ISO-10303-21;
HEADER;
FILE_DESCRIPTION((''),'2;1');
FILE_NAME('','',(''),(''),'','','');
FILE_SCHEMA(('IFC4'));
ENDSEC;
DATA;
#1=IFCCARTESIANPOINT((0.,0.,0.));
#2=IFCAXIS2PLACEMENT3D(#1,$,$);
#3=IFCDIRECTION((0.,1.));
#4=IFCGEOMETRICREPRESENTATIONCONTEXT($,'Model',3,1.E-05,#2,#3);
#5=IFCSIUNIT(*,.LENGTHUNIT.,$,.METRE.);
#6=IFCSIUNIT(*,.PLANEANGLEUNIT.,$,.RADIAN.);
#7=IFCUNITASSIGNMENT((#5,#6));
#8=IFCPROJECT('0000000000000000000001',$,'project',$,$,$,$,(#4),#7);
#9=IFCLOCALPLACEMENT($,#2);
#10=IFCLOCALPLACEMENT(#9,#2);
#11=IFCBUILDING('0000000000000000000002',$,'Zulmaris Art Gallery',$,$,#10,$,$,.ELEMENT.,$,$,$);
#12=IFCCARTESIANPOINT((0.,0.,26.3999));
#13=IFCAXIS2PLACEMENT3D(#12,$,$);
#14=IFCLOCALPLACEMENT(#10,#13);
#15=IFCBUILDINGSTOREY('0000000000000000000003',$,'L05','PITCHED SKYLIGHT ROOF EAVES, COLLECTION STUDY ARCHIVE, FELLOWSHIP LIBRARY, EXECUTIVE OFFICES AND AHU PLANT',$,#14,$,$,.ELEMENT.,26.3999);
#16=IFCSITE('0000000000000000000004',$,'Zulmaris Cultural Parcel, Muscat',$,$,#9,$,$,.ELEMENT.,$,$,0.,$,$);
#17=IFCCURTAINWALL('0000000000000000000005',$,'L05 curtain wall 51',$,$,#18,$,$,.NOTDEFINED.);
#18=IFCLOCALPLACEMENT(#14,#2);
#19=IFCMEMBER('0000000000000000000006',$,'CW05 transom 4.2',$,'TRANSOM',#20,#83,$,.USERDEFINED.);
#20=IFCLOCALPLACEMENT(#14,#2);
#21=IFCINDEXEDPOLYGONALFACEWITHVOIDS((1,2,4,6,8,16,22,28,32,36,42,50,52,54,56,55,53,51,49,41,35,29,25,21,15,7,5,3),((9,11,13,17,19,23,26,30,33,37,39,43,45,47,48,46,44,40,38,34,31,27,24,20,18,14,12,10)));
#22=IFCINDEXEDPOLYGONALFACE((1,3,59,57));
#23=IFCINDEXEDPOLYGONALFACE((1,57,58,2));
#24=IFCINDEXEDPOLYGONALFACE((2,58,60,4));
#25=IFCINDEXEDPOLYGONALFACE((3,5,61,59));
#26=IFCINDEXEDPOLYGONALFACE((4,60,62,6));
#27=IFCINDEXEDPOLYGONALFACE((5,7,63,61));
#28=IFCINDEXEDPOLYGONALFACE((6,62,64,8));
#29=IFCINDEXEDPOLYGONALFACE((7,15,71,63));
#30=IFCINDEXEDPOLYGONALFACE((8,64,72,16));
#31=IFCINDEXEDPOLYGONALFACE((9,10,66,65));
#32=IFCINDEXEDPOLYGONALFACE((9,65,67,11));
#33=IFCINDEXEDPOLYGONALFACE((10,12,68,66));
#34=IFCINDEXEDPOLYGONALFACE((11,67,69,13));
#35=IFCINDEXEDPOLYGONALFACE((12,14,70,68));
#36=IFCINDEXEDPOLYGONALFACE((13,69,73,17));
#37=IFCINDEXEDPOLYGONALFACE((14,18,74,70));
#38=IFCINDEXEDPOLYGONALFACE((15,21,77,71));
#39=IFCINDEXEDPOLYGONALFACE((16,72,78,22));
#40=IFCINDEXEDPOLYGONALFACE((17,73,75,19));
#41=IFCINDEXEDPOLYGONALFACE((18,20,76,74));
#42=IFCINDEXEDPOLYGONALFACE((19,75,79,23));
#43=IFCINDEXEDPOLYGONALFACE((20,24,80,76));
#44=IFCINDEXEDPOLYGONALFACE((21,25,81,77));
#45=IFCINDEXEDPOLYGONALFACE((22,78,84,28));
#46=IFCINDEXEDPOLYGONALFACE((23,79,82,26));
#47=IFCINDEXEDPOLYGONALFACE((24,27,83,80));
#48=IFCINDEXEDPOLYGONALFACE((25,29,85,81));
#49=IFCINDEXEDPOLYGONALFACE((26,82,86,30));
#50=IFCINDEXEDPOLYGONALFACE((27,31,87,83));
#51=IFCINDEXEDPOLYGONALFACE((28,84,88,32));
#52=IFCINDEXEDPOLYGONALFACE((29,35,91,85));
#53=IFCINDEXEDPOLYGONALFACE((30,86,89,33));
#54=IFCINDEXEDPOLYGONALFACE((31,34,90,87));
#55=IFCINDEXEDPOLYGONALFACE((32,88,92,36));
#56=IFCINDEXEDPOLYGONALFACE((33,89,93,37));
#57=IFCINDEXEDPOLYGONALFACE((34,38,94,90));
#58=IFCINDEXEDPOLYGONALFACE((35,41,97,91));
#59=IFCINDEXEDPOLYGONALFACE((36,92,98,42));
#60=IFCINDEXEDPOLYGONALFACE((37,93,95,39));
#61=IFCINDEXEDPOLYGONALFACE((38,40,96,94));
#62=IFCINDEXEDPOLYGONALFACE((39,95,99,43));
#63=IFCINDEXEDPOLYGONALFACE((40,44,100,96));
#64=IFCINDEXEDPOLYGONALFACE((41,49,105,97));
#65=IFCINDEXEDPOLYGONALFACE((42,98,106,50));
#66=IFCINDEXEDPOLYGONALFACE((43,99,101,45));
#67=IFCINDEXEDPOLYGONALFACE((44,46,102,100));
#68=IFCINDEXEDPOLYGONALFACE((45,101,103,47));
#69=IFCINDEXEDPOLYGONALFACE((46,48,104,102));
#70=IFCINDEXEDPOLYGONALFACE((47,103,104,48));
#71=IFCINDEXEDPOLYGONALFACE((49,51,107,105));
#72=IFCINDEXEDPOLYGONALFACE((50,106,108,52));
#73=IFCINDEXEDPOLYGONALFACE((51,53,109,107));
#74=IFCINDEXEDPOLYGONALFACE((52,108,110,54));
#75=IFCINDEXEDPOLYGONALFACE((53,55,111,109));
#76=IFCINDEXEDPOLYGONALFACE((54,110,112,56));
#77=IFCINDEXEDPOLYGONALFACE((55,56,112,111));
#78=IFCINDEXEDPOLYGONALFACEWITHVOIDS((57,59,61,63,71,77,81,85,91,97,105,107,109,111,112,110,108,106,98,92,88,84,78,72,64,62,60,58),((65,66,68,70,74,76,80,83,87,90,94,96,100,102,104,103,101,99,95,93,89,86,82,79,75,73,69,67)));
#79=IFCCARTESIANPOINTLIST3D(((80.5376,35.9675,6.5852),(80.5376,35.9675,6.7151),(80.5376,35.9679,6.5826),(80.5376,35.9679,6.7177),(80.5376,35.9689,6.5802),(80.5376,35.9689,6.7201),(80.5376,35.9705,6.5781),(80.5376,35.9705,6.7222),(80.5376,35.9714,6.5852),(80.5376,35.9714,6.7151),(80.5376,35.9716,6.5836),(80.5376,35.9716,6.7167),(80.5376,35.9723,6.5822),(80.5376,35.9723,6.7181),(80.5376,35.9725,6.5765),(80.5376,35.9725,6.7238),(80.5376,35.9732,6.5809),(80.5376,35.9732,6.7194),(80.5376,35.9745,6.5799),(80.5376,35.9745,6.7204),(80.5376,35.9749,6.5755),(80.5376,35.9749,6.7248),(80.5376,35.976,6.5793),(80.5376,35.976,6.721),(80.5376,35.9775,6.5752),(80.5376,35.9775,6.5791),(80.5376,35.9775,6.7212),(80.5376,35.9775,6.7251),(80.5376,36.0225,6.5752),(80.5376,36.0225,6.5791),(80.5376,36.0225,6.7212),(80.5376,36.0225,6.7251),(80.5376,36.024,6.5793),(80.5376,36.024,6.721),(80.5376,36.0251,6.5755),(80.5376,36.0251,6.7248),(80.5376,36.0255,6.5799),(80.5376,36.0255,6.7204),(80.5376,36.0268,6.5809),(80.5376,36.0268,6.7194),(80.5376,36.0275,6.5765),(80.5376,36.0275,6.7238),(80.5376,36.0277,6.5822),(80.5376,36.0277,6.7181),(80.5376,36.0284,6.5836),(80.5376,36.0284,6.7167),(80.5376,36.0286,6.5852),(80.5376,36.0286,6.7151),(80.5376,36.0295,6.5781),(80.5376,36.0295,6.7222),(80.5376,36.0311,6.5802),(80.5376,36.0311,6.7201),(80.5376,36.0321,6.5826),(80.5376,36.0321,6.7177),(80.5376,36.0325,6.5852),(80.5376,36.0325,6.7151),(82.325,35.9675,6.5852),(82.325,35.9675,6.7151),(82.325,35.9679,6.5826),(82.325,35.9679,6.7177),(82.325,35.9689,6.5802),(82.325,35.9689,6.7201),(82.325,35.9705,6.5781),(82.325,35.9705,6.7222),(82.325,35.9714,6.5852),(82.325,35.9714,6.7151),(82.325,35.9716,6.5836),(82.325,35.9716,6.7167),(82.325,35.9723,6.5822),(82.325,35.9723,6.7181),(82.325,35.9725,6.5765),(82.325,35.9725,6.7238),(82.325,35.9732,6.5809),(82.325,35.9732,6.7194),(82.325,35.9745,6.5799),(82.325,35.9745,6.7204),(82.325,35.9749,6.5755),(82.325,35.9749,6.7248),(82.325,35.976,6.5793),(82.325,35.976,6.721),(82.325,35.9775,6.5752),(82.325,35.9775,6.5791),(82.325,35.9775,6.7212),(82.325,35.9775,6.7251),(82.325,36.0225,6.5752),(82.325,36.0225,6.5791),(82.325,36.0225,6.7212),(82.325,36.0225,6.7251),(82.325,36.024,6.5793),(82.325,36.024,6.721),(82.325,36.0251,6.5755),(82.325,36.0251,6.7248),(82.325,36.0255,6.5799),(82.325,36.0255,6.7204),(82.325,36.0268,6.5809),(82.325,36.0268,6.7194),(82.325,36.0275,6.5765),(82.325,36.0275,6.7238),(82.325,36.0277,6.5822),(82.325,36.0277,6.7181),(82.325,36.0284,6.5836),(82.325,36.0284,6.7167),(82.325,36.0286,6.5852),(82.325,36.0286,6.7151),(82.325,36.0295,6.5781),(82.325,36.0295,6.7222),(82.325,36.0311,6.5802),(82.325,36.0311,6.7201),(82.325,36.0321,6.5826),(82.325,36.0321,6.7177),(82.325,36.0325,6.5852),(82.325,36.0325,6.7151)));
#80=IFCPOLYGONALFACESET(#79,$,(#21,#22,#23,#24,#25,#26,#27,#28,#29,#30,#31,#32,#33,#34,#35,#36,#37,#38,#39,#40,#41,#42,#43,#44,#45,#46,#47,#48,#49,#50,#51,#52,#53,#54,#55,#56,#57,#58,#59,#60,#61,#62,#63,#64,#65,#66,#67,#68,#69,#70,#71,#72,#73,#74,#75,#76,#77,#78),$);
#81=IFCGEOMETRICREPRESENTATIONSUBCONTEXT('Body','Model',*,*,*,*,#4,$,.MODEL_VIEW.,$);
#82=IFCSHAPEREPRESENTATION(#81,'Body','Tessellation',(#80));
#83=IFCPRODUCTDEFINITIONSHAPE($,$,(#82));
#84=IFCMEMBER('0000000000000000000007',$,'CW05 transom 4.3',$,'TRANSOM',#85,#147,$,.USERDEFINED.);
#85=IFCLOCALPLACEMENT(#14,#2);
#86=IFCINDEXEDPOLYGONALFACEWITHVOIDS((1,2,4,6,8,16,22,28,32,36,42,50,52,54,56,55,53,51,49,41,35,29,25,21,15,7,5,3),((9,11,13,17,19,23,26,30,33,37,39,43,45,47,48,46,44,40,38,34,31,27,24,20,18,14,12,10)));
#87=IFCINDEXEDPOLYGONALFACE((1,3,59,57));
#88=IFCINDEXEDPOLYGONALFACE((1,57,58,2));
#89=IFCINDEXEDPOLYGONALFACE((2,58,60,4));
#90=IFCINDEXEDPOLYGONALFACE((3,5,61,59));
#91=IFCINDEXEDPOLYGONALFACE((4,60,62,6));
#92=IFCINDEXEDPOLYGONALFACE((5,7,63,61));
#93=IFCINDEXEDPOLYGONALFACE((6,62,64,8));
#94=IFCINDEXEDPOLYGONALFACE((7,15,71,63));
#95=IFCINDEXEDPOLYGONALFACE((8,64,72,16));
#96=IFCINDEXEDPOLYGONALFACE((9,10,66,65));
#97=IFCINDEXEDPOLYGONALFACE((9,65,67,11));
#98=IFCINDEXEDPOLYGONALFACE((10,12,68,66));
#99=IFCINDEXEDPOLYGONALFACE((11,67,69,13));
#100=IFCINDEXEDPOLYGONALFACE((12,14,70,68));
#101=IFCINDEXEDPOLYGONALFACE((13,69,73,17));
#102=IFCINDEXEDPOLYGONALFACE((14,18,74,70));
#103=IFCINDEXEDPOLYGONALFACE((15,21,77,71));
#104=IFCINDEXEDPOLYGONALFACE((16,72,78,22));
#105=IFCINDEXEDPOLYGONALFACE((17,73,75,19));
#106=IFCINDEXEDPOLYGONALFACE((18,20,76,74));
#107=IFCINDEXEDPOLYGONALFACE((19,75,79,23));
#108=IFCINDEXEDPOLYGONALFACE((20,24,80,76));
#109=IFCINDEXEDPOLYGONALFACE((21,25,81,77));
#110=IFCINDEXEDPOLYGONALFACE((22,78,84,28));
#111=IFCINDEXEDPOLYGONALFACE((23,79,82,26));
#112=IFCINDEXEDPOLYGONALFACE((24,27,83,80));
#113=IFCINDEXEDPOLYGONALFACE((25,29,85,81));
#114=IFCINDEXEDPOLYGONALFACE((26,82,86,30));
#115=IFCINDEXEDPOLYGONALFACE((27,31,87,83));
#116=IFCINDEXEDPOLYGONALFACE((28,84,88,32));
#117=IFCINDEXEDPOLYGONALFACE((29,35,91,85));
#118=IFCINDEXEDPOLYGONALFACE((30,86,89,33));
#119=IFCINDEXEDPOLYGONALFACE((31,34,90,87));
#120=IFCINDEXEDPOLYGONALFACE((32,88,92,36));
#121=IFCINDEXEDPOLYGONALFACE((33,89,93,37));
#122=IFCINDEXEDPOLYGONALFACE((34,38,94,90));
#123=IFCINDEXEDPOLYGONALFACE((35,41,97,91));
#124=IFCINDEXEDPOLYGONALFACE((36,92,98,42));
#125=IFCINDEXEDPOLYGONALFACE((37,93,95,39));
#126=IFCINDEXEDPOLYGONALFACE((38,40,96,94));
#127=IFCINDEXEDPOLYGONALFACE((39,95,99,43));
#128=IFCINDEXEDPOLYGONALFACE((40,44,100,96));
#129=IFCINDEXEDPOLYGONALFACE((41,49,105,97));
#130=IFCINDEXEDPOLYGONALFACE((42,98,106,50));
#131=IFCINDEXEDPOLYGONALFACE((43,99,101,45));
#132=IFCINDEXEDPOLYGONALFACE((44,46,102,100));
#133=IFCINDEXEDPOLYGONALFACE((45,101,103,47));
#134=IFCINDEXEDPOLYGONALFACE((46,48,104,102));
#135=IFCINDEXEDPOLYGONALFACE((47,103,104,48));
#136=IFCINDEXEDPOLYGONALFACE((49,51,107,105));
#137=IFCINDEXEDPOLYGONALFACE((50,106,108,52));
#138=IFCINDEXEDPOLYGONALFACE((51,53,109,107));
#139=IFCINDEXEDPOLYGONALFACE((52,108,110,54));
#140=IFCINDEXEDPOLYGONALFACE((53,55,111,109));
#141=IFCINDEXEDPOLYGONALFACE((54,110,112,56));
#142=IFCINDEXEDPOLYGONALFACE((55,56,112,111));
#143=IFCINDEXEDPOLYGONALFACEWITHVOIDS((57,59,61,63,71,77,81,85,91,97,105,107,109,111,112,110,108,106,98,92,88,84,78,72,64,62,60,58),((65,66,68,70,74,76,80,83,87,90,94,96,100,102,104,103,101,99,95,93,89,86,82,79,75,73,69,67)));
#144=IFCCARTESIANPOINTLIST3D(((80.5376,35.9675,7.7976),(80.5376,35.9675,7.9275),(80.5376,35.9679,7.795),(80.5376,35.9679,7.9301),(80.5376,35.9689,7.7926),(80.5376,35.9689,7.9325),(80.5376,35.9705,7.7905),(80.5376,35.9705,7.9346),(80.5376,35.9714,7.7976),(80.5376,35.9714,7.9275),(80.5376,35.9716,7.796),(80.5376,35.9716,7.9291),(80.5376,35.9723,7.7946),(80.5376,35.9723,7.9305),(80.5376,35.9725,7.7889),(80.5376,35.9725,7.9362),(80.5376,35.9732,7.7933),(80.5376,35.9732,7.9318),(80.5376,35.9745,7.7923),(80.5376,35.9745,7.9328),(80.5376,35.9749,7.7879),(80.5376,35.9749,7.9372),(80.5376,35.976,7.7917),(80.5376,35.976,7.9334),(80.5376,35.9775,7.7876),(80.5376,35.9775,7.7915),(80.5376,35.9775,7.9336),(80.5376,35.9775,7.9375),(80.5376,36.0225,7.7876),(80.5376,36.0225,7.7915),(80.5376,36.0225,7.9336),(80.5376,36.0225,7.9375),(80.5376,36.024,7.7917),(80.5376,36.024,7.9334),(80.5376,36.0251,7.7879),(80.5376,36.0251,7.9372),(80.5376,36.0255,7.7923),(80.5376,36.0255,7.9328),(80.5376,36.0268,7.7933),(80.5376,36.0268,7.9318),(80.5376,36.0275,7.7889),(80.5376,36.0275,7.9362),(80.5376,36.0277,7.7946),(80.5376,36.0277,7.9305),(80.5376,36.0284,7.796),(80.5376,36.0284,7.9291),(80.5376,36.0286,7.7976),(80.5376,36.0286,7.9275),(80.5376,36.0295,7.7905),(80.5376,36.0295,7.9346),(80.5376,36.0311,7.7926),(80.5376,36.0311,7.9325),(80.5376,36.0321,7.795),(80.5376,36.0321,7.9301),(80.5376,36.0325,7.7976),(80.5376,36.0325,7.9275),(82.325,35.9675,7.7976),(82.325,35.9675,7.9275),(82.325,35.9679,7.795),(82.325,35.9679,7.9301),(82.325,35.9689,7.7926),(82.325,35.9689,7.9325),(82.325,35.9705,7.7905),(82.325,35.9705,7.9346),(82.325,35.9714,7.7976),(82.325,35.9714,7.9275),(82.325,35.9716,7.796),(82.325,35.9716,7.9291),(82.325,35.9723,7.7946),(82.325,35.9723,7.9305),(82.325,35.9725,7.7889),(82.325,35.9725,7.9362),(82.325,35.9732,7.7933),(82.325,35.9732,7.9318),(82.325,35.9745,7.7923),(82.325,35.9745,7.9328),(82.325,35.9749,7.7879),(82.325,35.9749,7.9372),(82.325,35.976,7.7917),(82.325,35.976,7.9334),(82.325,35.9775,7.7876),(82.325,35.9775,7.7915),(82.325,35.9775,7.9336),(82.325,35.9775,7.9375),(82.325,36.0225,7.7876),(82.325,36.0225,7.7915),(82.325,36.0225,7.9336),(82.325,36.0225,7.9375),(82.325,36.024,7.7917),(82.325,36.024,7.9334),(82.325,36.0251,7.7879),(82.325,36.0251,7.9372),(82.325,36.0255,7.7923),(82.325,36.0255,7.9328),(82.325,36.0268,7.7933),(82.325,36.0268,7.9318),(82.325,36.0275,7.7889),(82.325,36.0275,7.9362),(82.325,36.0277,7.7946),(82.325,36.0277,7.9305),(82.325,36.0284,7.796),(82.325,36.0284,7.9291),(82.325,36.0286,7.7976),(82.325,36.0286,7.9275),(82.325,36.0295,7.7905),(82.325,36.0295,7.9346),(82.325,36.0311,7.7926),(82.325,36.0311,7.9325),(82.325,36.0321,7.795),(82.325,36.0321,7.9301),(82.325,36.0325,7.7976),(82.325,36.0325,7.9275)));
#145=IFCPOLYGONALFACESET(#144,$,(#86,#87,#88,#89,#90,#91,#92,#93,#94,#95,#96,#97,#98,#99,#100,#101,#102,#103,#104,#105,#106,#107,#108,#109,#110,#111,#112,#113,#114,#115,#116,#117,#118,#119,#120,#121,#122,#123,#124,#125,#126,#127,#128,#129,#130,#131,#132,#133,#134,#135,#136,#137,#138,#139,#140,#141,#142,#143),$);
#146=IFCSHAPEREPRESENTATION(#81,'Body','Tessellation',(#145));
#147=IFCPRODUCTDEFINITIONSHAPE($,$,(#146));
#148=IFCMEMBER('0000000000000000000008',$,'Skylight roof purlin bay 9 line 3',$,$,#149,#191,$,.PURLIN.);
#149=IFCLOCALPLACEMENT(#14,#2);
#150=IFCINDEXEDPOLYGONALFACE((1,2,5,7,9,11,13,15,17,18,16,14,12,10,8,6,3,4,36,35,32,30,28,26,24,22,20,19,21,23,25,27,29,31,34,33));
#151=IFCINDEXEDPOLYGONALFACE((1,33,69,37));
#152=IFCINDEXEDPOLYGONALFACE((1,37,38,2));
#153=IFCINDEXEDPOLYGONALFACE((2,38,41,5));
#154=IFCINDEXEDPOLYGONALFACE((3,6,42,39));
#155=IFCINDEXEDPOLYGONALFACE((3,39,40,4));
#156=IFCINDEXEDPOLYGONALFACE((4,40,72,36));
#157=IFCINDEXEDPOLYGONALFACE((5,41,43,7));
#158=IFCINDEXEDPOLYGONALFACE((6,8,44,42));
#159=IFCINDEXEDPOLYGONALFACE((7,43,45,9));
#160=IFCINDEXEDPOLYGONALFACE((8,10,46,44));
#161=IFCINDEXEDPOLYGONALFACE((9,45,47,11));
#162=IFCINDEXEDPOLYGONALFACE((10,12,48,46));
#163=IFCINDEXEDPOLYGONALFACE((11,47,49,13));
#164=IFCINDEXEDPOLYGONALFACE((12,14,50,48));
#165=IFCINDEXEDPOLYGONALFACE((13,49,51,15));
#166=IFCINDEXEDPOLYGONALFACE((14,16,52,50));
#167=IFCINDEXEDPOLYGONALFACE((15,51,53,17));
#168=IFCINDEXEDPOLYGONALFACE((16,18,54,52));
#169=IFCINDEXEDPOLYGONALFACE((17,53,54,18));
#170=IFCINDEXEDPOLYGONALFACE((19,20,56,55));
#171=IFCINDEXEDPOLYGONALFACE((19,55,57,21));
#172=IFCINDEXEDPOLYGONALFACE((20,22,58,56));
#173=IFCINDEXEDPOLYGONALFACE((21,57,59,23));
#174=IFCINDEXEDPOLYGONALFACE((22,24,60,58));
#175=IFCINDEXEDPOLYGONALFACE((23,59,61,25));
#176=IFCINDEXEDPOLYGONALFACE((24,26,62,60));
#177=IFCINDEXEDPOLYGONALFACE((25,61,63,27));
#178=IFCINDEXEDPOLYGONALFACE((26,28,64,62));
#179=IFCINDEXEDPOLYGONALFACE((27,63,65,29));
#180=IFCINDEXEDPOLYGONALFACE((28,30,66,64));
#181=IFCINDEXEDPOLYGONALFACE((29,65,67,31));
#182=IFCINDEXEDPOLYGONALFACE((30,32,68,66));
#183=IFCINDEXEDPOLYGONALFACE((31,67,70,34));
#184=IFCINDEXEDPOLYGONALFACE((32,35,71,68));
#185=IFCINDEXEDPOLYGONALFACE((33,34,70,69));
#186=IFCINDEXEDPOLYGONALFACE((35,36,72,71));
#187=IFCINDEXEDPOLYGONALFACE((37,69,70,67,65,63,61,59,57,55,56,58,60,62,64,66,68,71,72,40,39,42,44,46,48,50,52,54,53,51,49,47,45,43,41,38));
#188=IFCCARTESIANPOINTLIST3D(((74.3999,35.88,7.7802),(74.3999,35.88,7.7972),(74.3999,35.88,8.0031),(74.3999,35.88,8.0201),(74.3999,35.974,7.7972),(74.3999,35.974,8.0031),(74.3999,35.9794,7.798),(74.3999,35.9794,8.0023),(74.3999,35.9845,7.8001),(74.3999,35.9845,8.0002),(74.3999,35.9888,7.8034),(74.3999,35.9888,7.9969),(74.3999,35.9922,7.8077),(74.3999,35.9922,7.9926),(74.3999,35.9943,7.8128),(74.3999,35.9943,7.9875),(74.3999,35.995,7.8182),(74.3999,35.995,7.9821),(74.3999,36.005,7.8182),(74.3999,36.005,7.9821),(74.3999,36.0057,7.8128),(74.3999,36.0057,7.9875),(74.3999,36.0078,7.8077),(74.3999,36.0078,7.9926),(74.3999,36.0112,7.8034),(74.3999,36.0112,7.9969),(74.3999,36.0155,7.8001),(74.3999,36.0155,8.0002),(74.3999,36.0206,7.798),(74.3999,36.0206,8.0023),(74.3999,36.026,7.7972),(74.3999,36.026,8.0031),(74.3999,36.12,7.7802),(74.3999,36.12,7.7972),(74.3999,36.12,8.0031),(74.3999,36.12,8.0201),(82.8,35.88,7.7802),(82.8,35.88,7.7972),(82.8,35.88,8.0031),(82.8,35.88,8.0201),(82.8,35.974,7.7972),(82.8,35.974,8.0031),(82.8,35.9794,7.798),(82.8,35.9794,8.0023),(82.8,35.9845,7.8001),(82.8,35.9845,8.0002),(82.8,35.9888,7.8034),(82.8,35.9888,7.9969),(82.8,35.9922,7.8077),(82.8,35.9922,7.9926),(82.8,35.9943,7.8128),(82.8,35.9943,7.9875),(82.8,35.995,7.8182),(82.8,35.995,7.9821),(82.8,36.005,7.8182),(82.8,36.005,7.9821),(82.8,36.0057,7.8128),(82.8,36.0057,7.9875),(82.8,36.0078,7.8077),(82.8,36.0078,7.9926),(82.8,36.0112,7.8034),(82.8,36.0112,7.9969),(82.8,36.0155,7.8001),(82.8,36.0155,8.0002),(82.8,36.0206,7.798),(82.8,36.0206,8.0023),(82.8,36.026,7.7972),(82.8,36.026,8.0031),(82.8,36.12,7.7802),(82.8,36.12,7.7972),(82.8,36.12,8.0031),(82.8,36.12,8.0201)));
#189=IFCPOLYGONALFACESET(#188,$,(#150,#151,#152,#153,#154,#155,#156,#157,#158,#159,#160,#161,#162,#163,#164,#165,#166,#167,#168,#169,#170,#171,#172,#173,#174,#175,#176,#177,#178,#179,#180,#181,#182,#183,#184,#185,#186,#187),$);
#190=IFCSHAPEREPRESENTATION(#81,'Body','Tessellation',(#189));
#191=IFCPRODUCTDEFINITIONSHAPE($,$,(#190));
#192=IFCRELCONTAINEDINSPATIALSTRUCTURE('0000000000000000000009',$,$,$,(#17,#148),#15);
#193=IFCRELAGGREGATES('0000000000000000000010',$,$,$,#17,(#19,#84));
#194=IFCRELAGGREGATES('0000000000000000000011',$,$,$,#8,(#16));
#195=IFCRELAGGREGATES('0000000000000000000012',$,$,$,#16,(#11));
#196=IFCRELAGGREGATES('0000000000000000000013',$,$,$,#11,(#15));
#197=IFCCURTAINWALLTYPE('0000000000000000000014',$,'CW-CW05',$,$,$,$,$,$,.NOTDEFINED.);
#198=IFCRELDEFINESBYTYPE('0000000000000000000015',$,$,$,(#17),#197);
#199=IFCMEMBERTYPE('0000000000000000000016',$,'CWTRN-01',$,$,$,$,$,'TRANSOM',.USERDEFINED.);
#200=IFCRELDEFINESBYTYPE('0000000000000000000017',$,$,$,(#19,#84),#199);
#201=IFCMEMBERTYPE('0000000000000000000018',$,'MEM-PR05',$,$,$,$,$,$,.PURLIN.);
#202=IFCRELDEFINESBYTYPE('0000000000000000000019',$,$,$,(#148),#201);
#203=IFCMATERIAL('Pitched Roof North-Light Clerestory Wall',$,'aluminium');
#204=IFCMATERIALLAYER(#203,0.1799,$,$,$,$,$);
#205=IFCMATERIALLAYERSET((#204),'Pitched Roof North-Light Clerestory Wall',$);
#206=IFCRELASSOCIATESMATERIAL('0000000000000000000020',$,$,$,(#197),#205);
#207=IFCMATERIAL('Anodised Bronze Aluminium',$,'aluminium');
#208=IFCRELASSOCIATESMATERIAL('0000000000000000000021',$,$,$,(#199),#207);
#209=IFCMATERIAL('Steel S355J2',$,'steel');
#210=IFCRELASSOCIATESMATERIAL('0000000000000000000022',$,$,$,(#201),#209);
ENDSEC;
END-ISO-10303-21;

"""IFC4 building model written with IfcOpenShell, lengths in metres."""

from ifc_helpers import new_model, si_unit, direction, frame, origin, origin_2d, place, context, subcontext, project, spatial, hollow_rectangle, i_section, extrude, material, layer, layer_set, material_profile, profile_set, type_object, element, aggregate, save


model = new_model("IFC4")

# Units and contexts
model_context = context("Model", 3, precision=1e-05, world=origin(), true_north=direction((0.0, 1.0)))
body_context = subcontext(model_context, "Body", "Model", "MODEL_VIEW")
ifc_project = project(units=[si_unit("LENGTHUNIT", "METRE"), si_unit("PLANEANGLEUNIT", "RADIAN")], contexts=[model_context])

# Site, building, storey
site_placement = place(None, origin())
site = spatial("IfcSite", under=ifc_project, at=site_placement, Name="Zulmaris Cultural Parcel, Muscat", CompositionType="ELEMENT", RefElevation=0.0)
building_placement = place(site_placement, origin())
building = spatial("IfcBuilding", under=site, at=building_placement, Name="Zulmaris Art Gallery", CompositionType="ELEMENT")
storey_placement = place(building_placement, frame((0.0, 0.0, 26.3999)))
storey = spatial("IfcBuildingStorey", under=building, at=storey_placement, Name="L05", Description="PITCHED SKYLIGHT ROOF EAVES, COLLECTION STUDY ARCHIVE, FELLOWSHIP LIBRARY, EXECUTIVE OFFICES AND AHU PLANT", CompositionType="ELEMENT", Elevation=26.3999)

# Shared definitions
ifc_material_1 = material(Name="Pitched Roof North-Light Clerestory Wall", Category="aluminium")
ifc_layer_1 = layer(ifc_material_1, 0.1799)
ifc_layer_set_1 = layer_set([ifc_layer_1], Name="Pitched Roof North-Light Clerestory Wall")
curtain_wall_type = type_object("IfcCurtainWallType", Name="CW-CW05", PredefinedType="NOTDEFINED", material=ifc_layer_set_1)
ifc_material_2 = material(Name="Anodised Bronze Aluminium", Category="aluminium")

# Curtain wall
curtain_wall_1_placement = place(storey_placement, origin())
curtain_wall_1 = element("IfcCurtainWall", 1, at=curtain_wall_1_placement, inside=storey, type_object=curtain_wall_type, Name="L05 curtain wall 51", PredefinedType="NOTDEFINED")

# Members
ifc_material_profile_1 = material_profile(ifc_material_2, hollow_rectangle(XDim=0.0649, YDim=0.1499, WallThickness=0.0039, InnerFilletRadius=0.0061, OuterFilletRadius=0.01, at=origin_2d()), Name="ALU 65x150x4")
ifc_profile_set_1 = profile_set([ifc_material_profile_1], Name="Anodised Bronze Aluminium")
member_type_1 = type_object("IfcMemberType", Name="CWTRN-01", ElementType="TRANSOM", PredefinedType="USERDEFINED", material=ifc_profile_set_1)
member_1_placement = place(storey_placement, frame((80.5376, 36.0, 6.6501), z_axis=(1.0, 0.0, 0.0), x_axis=(0.0, 1.0, 0.0)))
member_1 = element("IfcMember", 2, at=member_1_placement, type_object=member_type_1, Name="CW05 transom 4.2", ObjectType="TRANSOM", PredefinedType="USERDEFINED", context=body_context, shape_type="SweptSolid", body=[
    extrude(hollow_rectangle(XDim=0.0649, YDim=0.1499, WallThickness=0.0039, InnerFilletRadius=0.0061, OuterFilletRadius=0.01, at=origin_2d()), origin(), (0.0, 0.0, 1.0), 1.7874),
])
member_2_placement = place(storey_placement, frame((80.5376, 36.0, 7.8625), z_axis=(1.0, 0.0, 0.0), x_axis=(0.0, 1.0, 0.0)))
member_2 = element("IfcMember", 3, at=member_2_placement, type_object=member_type_1, Name="CW05 transom 4.3", ObjectType="TRANSOM", PredefinedType="USERDEFINED", context=body_context, shape_type="SweptSolid", body=[
    extrude(hollow_rectangle(XDim=0.0649, YDim=0.1499, WallThickness=0.0039, InnerFilletRadius=0.0061, OuterFilletRadius=0.01, at=origin_2d()), origin(), (0.0, 0.0, 1.0), 1.7874),
])

# Member
ifc_material_3 = material(Name="Steel S355J2", Category="steel")
ifc_material_profile_2 = material_profile(ifc_material_3, i_section(OverallWidth=0.24, OverallDepth=0.24, WebThickness=0.01, FlangeThickness=0.0171, FilletRadius=0.021, at=origin_2d()), Name="HEB 240")
ifc_profile_set_2 = profile_set([ifc_material_profile_2], Name="Steel S355J2")
member_type_2 = type_object("IfcMemberType", Name="MEM-PR05", PredefinedType="PURLIN", material=ifc_profile_set_2)
member_3_placement = place(storey_placement, frame((74.3999, 36.0, 7.9001), z_axis=(1.0, 0.0, 0.0), x_axis=(0.0, 1.0, 0.0)))
element("IfcMember", 4, at=member_3_placement, inside=storey, type_object=member_type_2, Name="Skylight roof purlin bay 9 line 3", PredefinedType="PURLIN", context=body_context, shape_type="SweptSolid", body=[
    extrude(i_section(OverallWidth=0.24, OverallDepth=0.24, WebThickness=0.01, FlangeThickness=0.0171, FilletRadius=0.021, at=origin_2d()), origin(), (0.0, 0.0, 1.0), 8.4001),
])

aggregate(curtain_wall_1, [member_1, member_2])

save(model, "model.ifc")
